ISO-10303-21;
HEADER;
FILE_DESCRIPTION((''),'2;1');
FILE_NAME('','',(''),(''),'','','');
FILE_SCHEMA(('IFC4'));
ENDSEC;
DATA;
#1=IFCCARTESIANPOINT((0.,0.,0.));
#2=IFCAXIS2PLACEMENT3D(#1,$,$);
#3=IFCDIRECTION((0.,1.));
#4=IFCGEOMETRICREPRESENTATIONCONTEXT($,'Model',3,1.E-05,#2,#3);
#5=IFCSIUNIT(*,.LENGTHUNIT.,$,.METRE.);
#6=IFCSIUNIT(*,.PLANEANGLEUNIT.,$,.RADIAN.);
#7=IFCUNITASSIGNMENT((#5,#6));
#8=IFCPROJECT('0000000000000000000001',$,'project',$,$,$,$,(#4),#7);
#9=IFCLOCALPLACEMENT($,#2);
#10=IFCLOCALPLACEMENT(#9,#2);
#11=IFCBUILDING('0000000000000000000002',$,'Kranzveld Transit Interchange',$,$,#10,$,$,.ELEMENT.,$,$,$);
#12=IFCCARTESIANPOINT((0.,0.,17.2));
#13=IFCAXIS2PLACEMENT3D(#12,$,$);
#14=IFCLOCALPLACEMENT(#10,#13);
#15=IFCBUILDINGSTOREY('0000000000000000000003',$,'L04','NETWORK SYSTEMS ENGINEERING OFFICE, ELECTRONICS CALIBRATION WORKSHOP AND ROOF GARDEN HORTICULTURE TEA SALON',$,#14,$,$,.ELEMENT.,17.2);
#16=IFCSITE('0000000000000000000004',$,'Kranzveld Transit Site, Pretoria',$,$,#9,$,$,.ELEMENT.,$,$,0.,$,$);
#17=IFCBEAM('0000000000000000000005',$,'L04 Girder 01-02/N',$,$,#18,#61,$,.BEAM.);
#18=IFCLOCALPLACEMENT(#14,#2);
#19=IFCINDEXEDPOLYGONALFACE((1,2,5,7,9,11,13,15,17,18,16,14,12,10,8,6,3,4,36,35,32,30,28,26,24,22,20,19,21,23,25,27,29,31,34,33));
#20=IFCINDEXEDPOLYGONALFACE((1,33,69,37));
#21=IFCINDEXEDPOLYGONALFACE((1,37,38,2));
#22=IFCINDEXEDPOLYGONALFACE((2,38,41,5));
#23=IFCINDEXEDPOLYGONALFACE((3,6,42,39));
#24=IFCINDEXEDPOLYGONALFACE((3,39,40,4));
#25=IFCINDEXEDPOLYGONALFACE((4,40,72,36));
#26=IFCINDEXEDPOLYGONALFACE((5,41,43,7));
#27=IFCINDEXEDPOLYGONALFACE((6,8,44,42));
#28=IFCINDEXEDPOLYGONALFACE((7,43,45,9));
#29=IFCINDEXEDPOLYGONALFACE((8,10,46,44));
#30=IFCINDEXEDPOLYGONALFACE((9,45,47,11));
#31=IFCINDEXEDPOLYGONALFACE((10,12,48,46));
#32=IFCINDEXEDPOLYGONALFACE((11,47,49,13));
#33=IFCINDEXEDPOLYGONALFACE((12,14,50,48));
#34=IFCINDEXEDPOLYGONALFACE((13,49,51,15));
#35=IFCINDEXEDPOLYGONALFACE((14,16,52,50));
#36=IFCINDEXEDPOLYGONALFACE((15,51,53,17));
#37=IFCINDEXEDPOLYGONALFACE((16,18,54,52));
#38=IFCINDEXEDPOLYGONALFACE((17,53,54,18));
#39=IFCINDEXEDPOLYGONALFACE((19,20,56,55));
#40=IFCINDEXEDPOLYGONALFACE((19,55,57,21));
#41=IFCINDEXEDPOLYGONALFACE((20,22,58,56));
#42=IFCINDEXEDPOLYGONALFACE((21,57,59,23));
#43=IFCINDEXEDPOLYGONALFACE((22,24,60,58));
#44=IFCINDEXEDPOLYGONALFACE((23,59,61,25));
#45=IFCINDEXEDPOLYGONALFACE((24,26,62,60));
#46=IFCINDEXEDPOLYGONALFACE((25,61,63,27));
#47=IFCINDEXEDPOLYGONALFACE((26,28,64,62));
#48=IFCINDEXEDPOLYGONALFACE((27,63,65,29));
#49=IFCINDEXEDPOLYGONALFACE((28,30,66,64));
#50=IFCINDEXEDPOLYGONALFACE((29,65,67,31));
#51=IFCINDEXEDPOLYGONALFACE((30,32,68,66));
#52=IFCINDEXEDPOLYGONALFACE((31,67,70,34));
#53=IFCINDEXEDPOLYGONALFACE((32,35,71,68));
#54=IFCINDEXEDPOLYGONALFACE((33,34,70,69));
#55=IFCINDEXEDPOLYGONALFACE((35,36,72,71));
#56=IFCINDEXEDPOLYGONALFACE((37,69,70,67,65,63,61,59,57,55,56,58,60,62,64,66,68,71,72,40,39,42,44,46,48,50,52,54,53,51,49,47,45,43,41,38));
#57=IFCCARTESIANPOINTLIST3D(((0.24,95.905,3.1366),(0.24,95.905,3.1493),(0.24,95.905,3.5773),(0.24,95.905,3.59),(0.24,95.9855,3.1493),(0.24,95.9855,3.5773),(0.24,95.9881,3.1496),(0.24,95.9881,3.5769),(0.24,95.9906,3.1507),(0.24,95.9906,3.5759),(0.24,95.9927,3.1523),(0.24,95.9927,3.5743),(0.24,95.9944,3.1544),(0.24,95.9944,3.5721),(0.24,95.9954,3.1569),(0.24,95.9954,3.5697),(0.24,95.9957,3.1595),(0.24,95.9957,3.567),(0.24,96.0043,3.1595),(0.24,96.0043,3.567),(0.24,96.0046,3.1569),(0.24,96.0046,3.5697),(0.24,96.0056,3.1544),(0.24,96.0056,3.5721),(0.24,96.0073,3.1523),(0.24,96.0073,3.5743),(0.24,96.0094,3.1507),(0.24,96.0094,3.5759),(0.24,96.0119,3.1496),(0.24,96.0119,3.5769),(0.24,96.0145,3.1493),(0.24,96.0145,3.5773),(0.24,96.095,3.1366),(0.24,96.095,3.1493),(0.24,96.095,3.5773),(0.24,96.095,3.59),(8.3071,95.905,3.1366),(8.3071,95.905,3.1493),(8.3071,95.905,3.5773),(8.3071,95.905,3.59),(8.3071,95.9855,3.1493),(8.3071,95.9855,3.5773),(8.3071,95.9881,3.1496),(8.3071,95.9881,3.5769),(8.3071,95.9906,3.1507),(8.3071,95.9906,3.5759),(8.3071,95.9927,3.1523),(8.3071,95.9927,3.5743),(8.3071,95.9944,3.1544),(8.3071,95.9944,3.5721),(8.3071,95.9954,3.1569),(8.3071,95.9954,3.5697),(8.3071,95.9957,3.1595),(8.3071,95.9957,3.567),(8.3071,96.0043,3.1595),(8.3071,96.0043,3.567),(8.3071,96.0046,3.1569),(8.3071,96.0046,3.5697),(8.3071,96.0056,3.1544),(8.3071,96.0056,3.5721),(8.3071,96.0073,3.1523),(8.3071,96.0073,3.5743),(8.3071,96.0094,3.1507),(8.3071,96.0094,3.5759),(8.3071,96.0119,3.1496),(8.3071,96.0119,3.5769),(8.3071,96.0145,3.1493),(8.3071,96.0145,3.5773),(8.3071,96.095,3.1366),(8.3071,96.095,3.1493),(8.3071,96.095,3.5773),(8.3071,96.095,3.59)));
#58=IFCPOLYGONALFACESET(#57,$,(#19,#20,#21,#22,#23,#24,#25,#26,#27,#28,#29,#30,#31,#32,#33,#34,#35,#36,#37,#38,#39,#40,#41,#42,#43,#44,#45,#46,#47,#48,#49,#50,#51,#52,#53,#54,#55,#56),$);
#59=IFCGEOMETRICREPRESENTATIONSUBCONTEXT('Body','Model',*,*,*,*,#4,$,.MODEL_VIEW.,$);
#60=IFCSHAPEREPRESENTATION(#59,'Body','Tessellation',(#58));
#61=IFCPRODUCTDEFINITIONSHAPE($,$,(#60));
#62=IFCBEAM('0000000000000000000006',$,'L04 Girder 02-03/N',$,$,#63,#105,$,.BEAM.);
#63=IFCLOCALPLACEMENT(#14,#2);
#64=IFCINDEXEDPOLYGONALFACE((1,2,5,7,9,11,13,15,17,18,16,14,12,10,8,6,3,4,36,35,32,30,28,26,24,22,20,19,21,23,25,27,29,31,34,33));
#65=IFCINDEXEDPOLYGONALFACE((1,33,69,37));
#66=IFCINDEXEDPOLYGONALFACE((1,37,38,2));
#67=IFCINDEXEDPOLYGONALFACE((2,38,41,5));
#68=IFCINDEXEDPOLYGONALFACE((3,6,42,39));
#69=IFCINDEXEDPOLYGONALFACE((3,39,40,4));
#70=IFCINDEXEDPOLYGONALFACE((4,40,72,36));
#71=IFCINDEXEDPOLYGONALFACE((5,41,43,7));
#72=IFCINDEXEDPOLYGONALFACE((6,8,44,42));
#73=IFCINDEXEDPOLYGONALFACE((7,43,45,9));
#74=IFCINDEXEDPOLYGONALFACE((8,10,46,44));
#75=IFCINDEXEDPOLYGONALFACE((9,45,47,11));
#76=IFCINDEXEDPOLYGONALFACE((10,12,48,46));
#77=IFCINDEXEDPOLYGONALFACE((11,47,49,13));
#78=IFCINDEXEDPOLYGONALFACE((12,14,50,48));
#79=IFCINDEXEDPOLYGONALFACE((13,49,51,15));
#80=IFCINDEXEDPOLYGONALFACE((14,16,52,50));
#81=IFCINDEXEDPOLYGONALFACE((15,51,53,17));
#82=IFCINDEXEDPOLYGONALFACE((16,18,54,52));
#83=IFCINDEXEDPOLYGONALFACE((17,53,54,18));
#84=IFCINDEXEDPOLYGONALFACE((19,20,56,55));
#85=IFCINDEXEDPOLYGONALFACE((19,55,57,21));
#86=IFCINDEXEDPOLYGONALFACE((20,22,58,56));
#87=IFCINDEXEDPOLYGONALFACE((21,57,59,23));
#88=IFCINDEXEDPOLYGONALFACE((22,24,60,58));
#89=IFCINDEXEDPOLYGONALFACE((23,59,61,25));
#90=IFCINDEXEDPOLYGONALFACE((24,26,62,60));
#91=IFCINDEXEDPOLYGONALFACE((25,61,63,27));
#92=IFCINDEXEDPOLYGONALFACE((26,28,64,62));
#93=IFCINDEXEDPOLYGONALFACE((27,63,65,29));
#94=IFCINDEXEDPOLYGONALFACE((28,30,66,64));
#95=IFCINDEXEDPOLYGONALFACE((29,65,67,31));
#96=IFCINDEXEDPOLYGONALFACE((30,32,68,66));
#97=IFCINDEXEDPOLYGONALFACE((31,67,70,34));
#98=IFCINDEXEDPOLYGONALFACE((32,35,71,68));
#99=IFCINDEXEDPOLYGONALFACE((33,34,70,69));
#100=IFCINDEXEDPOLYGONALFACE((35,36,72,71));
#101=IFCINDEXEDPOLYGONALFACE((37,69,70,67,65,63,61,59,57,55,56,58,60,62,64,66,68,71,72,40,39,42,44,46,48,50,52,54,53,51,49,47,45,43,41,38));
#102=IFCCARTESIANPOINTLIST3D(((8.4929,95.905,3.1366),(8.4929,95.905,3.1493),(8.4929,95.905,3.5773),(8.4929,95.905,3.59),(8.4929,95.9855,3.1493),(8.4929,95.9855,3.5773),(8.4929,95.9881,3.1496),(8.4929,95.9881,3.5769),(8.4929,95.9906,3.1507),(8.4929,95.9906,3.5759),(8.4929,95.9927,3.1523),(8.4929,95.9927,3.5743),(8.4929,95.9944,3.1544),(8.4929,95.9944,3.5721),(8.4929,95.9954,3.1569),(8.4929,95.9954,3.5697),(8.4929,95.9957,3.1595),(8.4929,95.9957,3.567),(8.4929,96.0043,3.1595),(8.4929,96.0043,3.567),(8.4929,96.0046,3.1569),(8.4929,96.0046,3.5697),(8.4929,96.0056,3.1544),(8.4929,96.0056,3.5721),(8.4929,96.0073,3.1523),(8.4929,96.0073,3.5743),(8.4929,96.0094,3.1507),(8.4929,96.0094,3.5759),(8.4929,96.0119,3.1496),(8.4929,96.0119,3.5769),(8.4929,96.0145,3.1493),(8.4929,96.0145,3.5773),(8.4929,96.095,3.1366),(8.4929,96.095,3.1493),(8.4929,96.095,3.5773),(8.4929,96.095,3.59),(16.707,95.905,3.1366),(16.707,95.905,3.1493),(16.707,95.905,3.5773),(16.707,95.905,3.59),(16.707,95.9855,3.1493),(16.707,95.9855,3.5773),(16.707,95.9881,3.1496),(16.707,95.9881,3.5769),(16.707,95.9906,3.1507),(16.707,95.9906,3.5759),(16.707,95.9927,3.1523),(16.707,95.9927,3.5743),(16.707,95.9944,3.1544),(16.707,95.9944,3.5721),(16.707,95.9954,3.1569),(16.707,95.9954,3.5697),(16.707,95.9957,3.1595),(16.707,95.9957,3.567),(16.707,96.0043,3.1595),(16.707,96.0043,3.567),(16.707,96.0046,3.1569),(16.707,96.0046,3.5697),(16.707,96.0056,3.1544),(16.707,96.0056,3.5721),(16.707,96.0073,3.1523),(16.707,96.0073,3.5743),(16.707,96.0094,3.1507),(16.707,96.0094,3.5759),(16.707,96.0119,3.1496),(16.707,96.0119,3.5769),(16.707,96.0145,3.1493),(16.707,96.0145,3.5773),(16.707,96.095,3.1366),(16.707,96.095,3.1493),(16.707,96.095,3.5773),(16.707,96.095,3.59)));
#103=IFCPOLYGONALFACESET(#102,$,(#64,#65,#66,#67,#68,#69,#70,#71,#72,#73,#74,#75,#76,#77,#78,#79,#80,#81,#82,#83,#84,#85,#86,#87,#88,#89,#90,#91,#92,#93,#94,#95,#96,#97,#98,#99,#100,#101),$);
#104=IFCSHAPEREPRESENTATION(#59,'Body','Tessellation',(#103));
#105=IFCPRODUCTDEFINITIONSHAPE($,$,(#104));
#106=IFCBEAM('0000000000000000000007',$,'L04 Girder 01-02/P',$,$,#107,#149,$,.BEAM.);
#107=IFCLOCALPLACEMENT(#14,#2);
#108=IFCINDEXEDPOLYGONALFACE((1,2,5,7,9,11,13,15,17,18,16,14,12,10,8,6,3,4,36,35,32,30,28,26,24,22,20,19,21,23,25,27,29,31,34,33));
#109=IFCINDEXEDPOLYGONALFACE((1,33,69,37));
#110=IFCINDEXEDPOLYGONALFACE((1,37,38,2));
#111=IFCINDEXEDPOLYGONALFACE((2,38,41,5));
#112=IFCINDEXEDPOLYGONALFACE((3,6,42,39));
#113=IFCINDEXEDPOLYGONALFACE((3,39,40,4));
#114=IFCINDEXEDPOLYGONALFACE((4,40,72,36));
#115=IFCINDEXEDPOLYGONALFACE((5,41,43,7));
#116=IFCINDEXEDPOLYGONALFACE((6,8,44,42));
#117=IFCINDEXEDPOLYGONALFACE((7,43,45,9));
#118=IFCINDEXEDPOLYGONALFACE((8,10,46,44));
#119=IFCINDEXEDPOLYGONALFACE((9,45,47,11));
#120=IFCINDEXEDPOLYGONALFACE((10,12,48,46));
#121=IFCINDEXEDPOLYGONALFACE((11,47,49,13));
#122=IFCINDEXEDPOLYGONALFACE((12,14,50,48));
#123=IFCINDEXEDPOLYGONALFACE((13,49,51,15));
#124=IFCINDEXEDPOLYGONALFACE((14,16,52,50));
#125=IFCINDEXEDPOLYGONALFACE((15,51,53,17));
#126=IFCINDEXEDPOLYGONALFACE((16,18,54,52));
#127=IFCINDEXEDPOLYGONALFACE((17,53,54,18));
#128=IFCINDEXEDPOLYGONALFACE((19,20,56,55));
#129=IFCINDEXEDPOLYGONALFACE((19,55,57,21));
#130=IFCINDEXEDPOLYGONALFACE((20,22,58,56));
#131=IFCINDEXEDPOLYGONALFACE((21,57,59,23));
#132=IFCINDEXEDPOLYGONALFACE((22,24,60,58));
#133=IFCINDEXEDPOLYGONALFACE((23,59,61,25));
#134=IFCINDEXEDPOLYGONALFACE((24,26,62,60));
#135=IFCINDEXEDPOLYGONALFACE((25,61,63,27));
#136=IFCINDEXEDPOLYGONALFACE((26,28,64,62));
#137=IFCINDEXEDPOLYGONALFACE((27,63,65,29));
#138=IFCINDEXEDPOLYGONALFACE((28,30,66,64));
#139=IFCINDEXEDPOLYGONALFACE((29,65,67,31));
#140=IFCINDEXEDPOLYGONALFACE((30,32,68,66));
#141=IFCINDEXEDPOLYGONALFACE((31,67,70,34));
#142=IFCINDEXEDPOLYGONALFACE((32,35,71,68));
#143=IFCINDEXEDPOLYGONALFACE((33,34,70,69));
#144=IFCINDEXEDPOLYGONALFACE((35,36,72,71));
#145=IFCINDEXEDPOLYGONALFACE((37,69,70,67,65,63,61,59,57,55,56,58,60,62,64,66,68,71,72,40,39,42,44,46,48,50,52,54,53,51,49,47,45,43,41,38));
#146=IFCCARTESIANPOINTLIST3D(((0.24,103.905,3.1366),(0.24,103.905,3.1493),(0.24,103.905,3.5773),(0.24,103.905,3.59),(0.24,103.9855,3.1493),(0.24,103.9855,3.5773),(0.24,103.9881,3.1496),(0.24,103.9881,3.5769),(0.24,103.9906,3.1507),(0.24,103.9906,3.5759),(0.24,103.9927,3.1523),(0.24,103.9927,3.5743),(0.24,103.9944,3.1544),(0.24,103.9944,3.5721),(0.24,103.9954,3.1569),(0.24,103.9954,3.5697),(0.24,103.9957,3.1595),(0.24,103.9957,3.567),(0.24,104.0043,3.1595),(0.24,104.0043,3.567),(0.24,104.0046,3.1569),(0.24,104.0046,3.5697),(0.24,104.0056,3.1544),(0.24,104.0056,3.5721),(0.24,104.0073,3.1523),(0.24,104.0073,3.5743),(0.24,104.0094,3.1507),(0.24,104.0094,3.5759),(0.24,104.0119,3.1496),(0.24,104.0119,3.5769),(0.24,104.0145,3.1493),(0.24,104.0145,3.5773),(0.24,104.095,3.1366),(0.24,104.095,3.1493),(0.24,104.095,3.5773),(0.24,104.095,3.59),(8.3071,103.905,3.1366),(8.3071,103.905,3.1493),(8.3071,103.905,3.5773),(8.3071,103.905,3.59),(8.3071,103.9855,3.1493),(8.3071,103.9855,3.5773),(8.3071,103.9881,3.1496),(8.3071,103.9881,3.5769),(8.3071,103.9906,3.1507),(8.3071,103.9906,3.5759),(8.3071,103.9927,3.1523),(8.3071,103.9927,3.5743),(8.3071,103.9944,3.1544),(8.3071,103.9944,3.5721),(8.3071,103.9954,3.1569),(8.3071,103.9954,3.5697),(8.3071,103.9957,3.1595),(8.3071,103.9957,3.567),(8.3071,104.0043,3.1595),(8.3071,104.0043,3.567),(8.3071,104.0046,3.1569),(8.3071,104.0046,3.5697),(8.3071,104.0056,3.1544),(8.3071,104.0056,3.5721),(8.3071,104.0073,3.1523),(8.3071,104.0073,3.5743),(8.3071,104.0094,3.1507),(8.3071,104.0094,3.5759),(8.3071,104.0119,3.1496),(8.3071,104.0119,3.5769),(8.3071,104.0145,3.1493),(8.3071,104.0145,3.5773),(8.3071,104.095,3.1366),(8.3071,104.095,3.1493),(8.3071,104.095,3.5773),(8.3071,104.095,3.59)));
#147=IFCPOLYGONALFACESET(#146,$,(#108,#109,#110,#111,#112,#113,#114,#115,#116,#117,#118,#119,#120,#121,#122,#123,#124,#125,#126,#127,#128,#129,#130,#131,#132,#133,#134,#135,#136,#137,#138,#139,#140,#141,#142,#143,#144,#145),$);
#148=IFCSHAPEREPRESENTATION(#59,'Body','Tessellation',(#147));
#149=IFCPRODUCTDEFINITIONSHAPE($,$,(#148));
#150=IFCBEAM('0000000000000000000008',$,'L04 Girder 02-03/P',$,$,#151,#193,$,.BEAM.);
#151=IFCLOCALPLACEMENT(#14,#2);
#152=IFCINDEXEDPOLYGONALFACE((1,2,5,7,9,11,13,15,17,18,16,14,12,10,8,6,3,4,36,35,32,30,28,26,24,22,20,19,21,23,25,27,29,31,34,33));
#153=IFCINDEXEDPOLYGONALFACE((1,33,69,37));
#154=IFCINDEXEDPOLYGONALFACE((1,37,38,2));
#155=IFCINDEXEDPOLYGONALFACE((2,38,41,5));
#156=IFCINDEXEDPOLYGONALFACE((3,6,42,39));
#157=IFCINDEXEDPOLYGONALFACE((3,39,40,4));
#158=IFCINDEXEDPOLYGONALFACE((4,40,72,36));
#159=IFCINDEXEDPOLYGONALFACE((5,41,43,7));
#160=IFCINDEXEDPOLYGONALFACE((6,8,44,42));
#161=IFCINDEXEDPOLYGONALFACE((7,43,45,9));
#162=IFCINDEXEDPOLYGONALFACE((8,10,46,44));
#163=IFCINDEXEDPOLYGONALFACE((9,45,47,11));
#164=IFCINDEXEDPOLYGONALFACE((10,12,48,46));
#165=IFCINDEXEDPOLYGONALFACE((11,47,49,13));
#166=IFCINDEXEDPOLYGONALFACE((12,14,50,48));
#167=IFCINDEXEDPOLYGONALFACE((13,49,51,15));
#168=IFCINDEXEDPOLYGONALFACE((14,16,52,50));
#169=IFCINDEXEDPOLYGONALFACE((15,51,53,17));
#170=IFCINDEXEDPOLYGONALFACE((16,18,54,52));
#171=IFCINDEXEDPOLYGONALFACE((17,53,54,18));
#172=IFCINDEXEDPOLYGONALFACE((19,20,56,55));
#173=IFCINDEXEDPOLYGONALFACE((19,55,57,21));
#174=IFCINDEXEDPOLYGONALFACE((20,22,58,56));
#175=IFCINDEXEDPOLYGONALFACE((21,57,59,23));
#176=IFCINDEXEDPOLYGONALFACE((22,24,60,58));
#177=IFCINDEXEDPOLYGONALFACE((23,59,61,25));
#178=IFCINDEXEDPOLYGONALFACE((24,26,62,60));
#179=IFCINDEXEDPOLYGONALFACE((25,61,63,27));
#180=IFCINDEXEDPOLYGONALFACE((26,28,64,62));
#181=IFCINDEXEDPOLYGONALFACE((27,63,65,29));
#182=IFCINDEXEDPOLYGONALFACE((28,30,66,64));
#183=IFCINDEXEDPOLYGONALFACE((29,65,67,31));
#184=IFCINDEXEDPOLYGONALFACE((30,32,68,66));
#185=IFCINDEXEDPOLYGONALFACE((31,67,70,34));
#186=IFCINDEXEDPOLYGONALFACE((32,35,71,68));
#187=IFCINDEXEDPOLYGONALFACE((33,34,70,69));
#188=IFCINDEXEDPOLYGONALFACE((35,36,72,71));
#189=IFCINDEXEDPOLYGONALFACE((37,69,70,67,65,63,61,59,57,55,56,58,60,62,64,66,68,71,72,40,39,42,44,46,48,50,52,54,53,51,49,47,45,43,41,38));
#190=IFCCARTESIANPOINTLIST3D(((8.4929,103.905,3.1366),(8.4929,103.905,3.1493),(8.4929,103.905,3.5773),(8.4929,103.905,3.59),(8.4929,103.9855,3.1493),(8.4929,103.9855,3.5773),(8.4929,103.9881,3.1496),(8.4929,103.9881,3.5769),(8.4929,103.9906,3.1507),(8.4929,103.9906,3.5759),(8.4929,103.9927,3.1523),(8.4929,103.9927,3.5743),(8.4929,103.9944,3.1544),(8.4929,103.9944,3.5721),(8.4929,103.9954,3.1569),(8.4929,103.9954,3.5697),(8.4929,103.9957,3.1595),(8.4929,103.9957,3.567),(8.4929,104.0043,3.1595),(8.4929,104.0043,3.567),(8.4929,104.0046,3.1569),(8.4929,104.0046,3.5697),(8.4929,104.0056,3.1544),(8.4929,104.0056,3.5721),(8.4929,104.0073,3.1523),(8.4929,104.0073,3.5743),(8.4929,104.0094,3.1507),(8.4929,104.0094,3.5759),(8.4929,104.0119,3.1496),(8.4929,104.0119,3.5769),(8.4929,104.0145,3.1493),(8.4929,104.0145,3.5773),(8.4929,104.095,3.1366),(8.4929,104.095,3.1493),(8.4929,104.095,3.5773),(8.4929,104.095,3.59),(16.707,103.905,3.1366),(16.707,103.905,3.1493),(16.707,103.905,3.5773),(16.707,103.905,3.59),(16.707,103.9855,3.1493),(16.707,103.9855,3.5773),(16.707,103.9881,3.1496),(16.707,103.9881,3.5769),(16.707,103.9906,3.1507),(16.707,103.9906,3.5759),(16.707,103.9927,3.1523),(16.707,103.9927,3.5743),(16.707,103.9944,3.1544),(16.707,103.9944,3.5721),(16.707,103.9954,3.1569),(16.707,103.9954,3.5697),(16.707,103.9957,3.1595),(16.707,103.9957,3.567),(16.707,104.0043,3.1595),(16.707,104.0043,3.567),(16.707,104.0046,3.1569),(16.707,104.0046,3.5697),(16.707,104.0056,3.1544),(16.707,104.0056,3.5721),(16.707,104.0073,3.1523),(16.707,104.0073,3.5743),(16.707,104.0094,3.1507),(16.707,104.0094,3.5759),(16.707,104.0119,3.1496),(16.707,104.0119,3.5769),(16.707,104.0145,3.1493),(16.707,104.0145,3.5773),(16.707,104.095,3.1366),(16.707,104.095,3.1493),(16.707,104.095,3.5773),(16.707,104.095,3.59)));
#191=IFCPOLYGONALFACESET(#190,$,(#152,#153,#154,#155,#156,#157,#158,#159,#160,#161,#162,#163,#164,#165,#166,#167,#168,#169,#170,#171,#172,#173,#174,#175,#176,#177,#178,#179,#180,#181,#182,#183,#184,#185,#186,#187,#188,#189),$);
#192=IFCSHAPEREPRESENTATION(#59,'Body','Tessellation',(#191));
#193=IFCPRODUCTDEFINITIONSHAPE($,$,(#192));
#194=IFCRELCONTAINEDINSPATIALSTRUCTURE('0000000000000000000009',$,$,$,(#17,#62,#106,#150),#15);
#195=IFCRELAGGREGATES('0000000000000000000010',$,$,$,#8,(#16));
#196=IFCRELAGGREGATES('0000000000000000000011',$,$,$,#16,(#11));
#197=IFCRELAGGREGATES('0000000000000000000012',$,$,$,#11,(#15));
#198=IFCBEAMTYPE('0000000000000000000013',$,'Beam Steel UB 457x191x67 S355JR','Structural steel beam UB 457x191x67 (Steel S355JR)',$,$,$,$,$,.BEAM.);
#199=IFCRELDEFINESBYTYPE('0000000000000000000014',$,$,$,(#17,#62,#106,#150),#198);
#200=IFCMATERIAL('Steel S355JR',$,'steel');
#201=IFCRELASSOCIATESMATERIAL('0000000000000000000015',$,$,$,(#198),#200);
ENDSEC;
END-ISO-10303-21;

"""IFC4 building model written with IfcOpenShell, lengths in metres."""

from ifc_helpers import new_model, si_unit, direction, frame, origin, origin_2d, place, context, subcontext, project, spatial, i_section, extrude, material, material_profile, profile_set, type_object, element, save


model = new_model("IFC4")

# Units and contexts
model_context = context("Model", 3, precision=1e-05, world=origin(), true_north=direction((0.0, 1.0)))
body_context = subcontext(model_context, "Body", "Model", "MODEL_VIEW")
ifc_project = project(units=[si_unit("LENGTHUNIT", "METRE"), si_unit("PLANEANGLEUNIT", "RADIAN")], contexts=[model_context])

# Site, building, storey
site_placement = place(None, origin())
site = spatial("IfcSite", under=ifc_project, at=site_placement, Name="Kranzveld Transit Site, Pretoria", CompositionType="ELEMENT", RefElevation=0.0)
building_placement = place(site_placement, origin())
building = spatial("IfcBuilding", under=site, at=building_placement, Name="Kranzveld Transit Interchange", CompositionType="ELEMENT")
storey_placement = place(building_placement, frame((0.0, 0.0, 17.2)))
storey = spatial("IfcBuildingStorey", under=building, at=storey_placement, Name="L04", Description="NETWORK SYSTEMS ENGINEERING OFFICE, ELECTRONICS CALIBRATION WORKSHOP AND ROOF GARDEN HORTICULTURE TEA SALON", CompositionType="ELEMENT", Elevation=17.2)

# Beams
ifc_material_1 = material(Name="Steel S355JR", Category="steel")
ifc_material_profile_1 = material_profile(ifc_material_1, i_section(OverallWidth=0.1899, OverallDepth=0.4534, WebThickness=0.0085, FlangeThickness=0.0127, FilletRadius=0.0103, at=origin_2d()), Name="UB 457x191x67")
ifc_profile_set_1 = profile_set([ifc_material_profile_1], Name="Steel S355JR")
beam_type_1 = type_object("IfcBeamType", Name="Beam Steel UB 457x191x67 S355JR", Description="Structural steel beam UB 457x191x67 (Steel S355JR)", PredefinedType="BEAM", material=ifc_profile_set_1)
beam_1_placement = place(storey_placement, frame((0.24, 96.0, 3.3633), z_axis=(1.0, 0.0, 0.0), x_axis=(0.0, 1.0, 0.0)))
element("IfcBeam", 1, at=beam_1_placement, inside=storey, type_object=beam_type_1, Name="L04 Girder 01-02/N", PredefinedType="BEAM", context=body_context, shape_type="SweptSolid", body=[
    extrude(i_section(OverallWidth=0.1899, OverallDepth=0.4534, WebThickness=0.0085, FlangeThickness=0.0127, FilletRadius=0.0103, at=origin_2d()), origin(), (0.0, 0.0, 1.0), 8.0671),
])
beam_2_placement = place(storey_placement, frame((8.4929, 96.0, 3.3633), z_axis=(1.0, 0.0, 0.0), x_axis=(0.0, 1.0, 0.0)))
element("IfcBeam", 2, at=beam_2_placement, inside=storey, type_object=beam_type_1, Name="L04 Girder 02-03/N", PredefinedType="BEAM", context=body_context, shape_type="SweptSolid", body=[
    extrude(i_section(OverallWidth=0.1899, OverallDepth=0.4534, WebThickness=0.0085, FlangeThickness=0.0127, FilletRadius=0.0103, at=origin_2d()), origin(), (0.0, 0.0, 1.0), 8.2141),
])
beam_3_placement = place(storey_placement, frame((0.24, 104.0, 3.3633), z_axis=(1.0, 0.0, 0.0), x_axis=(0.0, 1.0, 0.0)))
element("IfcBeam", 3, at=beam_3_placement, inside=storey, type_object=beam_type_1, Name="L04 Girder 01-02/P", PredefinedType="BEAM", context=body_context, shape_type="SweptSolid", body=[
    extrude(i_section(OverallWidth=0.1899, OverallDepth=0.4534, WebThickness=0.0085, FlangeThickness=0.0127, FilletRadius=0.0103, at=origin_2d()), origin(), (0.0, 0.0, 1.0), 8.0671),
])
beam_4_placement = place(storey_placement, frame((8.4929, 104.0, 3.3633), z_axis=(1.0, 0.0, 0.0), x_axis=(0.0, 1.0, 0.0)))
element("IfcBeam", 4, at=beam_4_placement, inside=storey, type_object=beam_type_1, Name="L04 Girder 02-03/P", PredefinedType="BEAM", context=body_context, shape_type="SweptSolid", body=[
    extrude(i_section(OverallWidth=0.1899, OverallDepth=0.4534, WebThickness=0.0085, FlangeThickness=0.0127, FilletRadius=0.0103, at=origin_2d()), origin(), (0.0, 0.0, 1.0), 8.2141),
])

save(model, "model.ifc")
